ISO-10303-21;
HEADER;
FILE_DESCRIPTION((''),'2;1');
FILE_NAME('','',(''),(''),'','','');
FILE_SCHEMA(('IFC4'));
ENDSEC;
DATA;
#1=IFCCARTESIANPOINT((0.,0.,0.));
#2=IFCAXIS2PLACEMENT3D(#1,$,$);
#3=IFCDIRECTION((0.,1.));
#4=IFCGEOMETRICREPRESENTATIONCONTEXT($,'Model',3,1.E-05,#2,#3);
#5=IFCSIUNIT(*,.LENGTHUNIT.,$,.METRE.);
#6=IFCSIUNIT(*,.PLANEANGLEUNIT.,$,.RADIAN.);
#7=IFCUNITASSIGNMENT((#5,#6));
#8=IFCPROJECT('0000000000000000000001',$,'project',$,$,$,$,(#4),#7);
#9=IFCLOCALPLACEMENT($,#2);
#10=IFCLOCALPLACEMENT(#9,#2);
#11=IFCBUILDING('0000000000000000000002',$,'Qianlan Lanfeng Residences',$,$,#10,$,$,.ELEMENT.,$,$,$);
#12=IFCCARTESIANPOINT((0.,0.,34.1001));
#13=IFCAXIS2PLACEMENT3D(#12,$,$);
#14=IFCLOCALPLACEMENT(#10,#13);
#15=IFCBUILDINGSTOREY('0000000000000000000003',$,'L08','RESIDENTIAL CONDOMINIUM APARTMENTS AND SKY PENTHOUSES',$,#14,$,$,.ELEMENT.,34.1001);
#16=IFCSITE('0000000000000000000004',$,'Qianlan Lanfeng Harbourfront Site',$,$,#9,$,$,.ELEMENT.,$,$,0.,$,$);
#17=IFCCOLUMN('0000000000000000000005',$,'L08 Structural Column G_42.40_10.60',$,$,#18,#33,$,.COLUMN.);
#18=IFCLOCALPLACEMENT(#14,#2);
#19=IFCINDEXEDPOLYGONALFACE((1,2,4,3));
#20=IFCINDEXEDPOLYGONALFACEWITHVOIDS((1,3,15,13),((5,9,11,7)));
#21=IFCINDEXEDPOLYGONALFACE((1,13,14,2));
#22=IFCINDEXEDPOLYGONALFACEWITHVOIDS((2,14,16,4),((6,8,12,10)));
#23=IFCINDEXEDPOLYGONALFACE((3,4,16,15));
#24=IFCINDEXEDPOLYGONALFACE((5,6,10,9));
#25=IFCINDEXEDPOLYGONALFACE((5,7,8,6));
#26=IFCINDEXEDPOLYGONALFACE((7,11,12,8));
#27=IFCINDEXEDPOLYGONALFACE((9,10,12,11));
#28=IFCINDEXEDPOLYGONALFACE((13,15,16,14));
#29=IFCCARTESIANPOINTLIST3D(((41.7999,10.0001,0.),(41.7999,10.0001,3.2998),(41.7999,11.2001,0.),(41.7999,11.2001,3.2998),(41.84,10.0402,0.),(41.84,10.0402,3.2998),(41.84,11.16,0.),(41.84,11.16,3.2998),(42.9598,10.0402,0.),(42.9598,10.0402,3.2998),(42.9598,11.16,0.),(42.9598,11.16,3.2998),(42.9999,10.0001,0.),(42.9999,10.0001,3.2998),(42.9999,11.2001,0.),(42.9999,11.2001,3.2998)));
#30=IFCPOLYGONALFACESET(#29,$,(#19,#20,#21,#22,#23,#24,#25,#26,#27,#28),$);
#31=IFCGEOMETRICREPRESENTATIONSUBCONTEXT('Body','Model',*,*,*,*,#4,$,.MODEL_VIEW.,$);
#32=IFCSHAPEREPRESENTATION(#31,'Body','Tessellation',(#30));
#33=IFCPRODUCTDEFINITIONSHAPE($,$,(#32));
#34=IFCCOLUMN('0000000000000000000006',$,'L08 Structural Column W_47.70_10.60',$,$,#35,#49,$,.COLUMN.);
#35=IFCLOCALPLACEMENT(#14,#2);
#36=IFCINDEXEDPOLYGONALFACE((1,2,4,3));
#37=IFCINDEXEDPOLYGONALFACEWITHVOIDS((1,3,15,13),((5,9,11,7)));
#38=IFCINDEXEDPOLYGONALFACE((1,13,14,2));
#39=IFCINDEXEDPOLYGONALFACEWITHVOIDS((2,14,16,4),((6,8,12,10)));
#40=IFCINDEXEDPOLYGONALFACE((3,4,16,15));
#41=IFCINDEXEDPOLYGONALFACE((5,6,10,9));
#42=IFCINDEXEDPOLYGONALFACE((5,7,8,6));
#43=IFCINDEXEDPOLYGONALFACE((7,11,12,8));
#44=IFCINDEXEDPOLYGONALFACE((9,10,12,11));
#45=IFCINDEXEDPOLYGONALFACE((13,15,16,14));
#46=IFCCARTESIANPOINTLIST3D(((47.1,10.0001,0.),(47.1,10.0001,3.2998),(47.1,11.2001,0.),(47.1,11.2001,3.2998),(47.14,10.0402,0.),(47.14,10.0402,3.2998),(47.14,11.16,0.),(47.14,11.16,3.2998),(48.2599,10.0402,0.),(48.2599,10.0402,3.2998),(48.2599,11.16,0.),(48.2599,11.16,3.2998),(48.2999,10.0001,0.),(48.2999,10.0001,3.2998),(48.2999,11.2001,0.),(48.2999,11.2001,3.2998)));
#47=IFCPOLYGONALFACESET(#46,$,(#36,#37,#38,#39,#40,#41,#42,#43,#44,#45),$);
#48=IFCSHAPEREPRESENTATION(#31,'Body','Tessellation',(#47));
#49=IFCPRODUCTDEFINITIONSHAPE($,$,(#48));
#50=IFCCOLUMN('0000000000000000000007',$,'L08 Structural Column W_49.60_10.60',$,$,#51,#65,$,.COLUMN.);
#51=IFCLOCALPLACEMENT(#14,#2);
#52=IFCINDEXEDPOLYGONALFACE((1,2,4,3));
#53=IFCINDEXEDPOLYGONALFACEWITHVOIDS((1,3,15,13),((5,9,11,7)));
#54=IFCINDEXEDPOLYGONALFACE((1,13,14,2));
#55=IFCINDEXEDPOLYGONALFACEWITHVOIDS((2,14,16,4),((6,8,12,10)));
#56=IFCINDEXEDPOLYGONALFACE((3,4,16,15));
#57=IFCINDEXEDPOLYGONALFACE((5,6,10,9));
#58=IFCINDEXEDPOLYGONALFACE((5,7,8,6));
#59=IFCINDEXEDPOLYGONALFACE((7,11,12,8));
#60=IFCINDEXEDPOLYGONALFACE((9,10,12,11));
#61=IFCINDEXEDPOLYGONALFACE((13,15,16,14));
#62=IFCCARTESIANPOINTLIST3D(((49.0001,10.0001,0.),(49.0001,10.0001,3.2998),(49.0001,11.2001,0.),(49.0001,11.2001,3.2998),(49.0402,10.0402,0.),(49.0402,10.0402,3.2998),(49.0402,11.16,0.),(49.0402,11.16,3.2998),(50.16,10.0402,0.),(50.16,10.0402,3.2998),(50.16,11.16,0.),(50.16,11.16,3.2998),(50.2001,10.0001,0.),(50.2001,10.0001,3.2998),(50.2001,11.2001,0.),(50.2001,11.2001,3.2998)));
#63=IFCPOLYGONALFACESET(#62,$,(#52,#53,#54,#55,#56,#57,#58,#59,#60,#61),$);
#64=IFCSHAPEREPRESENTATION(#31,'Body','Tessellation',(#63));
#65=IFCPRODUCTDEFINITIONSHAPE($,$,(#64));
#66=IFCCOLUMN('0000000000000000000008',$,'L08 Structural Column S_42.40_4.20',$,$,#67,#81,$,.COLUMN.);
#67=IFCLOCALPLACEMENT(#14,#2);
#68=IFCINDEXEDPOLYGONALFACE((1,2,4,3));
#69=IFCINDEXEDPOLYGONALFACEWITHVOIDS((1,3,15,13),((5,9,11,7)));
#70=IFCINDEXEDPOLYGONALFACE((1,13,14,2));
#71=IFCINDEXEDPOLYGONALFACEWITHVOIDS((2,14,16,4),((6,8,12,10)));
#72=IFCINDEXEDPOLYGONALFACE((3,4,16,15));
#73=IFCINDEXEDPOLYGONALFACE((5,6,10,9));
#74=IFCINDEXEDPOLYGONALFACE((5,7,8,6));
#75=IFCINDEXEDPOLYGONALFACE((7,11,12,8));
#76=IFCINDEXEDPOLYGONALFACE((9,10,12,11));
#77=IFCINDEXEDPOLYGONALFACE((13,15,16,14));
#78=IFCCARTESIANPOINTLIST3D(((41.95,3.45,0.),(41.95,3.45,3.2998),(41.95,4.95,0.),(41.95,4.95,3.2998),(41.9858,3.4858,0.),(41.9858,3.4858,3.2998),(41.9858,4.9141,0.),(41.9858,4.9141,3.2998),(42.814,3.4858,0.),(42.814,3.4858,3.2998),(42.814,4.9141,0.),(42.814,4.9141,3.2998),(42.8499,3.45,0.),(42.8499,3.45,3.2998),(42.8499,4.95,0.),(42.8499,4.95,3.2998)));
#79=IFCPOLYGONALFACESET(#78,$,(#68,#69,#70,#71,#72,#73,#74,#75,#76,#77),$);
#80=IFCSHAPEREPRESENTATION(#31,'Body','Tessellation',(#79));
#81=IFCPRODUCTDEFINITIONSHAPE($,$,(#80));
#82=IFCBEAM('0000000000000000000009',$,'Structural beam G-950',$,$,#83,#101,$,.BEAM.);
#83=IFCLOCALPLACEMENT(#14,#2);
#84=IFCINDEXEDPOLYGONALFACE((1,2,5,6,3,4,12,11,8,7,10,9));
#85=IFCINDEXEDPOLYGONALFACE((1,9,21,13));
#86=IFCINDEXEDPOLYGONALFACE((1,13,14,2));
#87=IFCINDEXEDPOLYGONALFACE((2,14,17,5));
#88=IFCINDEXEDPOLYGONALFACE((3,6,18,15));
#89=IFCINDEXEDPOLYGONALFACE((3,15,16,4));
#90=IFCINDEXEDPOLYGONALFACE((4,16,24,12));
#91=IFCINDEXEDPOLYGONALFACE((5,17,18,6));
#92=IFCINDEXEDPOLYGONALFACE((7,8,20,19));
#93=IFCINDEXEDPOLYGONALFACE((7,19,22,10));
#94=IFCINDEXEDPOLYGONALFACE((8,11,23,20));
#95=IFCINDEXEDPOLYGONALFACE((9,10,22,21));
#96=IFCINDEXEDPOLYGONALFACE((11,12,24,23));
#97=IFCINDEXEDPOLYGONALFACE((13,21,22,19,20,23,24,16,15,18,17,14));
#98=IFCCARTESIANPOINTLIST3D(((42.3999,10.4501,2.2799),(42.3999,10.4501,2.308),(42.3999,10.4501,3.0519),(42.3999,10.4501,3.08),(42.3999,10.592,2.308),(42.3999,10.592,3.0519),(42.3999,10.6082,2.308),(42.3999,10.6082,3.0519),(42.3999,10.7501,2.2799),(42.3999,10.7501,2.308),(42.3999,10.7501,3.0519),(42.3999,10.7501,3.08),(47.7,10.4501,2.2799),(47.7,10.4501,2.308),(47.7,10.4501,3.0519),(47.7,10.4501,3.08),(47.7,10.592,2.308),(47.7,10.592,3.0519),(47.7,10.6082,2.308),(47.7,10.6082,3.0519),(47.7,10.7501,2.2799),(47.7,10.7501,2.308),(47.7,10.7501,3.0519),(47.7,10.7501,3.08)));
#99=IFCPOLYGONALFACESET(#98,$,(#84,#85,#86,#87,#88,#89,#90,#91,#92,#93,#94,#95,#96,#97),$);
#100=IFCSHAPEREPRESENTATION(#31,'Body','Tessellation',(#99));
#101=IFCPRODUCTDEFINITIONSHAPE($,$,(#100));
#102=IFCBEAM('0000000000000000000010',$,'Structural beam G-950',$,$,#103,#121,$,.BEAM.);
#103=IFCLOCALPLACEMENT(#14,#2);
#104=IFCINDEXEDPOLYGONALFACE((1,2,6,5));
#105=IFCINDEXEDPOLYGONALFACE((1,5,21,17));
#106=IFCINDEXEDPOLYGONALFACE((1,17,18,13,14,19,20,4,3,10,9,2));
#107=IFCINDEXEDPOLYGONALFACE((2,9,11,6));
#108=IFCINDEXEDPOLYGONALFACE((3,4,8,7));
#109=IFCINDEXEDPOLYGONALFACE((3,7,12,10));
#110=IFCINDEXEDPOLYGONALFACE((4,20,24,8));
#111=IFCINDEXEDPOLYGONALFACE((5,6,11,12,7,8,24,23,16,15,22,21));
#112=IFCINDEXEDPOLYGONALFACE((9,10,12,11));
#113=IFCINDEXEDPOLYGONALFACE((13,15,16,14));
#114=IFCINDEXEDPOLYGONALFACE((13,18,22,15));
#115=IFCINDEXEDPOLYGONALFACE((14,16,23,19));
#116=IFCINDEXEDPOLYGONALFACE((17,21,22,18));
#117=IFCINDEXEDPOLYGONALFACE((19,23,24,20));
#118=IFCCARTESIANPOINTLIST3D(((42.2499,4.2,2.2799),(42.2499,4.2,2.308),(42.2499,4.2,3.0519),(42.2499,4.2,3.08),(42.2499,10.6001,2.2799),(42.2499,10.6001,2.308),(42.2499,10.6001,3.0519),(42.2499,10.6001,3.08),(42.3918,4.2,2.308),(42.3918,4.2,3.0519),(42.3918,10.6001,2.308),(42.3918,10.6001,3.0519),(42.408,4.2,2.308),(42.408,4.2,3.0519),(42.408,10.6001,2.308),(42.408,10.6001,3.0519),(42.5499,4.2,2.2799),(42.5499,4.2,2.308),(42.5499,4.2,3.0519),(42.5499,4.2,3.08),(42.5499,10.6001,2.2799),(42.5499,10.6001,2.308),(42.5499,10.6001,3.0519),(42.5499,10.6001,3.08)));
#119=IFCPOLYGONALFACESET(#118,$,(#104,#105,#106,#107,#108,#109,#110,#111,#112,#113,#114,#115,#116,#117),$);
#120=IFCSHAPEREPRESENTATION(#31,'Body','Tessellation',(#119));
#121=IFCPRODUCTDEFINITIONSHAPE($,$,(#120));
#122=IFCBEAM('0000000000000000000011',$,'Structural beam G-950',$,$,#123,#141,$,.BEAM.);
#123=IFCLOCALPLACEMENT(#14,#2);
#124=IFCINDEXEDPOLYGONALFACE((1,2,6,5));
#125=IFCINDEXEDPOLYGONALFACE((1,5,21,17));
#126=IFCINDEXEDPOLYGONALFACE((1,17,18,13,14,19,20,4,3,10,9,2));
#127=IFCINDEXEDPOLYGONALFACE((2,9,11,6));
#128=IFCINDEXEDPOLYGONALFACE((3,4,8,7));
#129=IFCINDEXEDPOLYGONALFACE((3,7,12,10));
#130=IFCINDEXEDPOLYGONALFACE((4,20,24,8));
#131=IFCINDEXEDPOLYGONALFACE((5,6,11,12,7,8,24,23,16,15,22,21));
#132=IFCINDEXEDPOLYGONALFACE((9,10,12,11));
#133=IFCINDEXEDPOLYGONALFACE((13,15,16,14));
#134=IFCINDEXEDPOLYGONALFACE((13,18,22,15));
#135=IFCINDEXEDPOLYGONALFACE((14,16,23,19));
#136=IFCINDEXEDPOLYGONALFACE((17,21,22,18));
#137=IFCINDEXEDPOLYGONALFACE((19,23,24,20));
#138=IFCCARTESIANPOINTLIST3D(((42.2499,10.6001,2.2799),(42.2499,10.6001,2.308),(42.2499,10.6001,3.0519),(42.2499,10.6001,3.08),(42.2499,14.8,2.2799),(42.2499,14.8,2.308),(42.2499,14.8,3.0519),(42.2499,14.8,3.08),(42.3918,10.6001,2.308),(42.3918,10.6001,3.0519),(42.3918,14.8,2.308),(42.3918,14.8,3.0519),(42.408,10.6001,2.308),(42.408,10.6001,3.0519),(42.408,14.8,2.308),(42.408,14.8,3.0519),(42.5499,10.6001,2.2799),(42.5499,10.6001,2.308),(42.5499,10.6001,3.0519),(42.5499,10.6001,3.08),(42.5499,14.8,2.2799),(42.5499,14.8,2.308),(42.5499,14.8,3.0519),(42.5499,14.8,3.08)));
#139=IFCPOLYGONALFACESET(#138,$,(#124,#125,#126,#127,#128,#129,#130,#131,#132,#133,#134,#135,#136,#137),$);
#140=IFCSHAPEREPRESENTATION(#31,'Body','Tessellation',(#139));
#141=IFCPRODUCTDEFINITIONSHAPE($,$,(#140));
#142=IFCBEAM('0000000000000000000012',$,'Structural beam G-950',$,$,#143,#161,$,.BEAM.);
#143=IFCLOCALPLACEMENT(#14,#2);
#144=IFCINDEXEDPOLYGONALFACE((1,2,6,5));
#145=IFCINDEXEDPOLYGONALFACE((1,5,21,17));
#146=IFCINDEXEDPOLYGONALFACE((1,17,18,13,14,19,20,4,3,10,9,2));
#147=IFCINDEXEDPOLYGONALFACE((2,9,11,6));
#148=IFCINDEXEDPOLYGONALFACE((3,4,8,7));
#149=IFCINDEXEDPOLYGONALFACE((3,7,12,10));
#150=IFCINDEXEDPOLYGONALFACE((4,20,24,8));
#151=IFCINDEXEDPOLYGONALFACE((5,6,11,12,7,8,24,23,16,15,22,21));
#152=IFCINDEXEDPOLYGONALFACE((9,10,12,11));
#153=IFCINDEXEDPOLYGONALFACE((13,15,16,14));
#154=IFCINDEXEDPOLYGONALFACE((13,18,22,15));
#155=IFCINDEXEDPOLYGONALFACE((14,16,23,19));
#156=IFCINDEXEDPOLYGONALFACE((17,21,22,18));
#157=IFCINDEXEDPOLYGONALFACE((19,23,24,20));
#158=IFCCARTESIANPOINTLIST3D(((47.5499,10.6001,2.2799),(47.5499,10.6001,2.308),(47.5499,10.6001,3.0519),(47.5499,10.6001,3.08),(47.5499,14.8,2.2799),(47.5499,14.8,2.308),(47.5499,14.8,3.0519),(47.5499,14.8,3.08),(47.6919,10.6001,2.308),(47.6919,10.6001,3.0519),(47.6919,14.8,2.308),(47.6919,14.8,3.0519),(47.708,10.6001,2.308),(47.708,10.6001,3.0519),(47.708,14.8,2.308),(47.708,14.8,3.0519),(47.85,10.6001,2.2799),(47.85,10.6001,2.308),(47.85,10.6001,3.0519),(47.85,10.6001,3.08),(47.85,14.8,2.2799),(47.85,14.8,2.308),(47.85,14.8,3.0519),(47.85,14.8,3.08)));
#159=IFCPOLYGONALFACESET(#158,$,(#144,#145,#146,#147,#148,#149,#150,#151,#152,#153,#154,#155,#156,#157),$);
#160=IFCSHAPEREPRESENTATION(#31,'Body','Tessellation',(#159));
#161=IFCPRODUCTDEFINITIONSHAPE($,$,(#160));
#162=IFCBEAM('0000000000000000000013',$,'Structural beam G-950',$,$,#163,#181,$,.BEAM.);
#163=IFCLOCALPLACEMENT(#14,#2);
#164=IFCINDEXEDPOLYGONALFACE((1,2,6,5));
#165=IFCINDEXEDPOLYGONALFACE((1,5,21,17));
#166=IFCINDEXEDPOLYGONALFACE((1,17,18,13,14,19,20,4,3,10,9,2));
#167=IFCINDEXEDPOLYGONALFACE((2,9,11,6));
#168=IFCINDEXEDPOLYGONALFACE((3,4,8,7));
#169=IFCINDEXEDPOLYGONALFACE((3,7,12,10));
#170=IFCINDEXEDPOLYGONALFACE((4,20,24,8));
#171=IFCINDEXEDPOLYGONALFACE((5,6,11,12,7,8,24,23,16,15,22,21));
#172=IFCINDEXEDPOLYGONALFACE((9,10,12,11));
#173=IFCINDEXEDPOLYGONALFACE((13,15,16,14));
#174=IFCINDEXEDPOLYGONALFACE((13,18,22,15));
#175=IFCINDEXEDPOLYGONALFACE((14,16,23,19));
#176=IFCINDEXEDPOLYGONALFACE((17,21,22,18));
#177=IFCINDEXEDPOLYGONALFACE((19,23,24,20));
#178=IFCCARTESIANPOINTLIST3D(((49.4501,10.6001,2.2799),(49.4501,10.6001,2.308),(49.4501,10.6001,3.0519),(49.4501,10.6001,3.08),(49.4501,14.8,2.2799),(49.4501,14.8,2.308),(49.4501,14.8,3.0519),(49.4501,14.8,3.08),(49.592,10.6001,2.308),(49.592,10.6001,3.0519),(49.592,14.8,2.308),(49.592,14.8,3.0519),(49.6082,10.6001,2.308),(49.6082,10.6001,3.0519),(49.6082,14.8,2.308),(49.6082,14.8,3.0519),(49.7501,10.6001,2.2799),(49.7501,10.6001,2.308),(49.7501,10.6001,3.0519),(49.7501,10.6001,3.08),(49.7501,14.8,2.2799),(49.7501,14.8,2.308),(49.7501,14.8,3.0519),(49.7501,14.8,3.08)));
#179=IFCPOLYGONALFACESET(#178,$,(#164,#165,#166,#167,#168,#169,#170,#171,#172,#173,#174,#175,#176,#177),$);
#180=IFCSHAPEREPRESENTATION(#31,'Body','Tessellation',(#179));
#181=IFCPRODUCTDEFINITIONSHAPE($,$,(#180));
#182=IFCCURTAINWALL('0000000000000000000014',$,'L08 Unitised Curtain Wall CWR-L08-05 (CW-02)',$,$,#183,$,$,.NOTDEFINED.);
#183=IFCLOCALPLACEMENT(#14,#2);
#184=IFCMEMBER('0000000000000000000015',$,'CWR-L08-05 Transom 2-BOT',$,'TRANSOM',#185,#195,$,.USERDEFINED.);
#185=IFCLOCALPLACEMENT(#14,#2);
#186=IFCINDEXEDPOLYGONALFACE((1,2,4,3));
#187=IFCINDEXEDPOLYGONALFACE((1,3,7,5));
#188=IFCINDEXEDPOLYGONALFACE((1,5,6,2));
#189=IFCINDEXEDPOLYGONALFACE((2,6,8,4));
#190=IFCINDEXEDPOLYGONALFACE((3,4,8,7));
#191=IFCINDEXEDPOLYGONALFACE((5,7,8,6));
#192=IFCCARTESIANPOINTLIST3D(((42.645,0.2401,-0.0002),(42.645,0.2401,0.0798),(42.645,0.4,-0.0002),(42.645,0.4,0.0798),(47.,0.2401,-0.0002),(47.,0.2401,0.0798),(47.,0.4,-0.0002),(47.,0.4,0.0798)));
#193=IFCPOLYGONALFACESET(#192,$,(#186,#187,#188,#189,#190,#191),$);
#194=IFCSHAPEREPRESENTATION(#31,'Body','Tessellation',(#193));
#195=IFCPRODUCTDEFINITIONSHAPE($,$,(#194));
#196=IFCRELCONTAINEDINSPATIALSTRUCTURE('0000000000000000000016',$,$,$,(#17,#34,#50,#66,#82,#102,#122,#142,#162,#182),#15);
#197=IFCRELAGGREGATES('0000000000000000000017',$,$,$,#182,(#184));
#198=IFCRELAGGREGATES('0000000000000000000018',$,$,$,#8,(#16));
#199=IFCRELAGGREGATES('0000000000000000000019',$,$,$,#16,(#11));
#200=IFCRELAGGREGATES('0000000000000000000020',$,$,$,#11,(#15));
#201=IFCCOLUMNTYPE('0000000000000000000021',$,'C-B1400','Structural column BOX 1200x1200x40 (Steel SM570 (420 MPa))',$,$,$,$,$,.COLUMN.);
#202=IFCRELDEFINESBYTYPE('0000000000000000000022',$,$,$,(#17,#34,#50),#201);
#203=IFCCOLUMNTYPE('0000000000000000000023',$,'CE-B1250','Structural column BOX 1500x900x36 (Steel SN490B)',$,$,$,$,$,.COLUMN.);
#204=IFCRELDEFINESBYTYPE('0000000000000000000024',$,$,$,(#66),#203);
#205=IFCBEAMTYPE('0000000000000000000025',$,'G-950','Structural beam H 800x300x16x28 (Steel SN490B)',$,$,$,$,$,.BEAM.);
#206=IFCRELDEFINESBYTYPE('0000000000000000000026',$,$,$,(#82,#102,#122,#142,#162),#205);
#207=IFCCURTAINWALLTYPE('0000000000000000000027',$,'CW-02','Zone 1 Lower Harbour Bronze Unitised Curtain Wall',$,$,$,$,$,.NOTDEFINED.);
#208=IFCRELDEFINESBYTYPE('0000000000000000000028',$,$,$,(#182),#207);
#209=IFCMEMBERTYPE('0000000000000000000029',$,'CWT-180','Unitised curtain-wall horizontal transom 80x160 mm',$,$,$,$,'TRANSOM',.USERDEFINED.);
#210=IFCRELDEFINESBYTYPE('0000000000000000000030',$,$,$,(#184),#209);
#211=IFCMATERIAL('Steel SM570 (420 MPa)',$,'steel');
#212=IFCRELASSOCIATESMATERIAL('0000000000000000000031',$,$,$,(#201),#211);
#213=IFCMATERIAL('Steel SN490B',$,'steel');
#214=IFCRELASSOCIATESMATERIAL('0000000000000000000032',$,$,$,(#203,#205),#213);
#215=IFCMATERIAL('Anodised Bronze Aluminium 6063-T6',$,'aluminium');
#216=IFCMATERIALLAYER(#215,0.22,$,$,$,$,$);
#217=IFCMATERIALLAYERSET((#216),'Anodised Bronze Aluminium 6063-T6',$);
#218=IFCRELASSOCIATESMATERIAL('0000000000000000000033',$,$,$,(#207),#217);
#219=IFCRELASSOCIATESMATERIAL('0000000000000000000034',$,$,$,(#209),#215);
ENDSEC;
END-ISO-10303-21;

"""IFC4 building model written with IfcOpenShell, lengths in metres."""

from ifc_helpers import new_model, si_unit, direction, frame, origin, origin_2d, place, context, subcontext, project, spatial, rectangle, hollow_rectangle, i_section, extrude, source, transform, mapped, material, layer, layer_set, material_profile, profile_set, type_object, element, aggregate, save


model = new_model("IFC4")

# Units and contexts
model_context = context("Model", 3, precision=1e-05, world=origin(), true_north=direction((0.0, 1.0)))
body_context = subcontext(model_context, "Body", "Model", "MODEL_VIEW")
ifc_project = project(units=[si_unit("LENGTHUNIT", "METRE"), si_unit("PLANEANGLEUNIT", "RADIAN")], contexts=[model_context])

# Site, building, storey
site_placement = place(None, origin())
site = spatial("IfcSite", under=ifc_project, at=site_placement, Name="Qianlan Lanfeng Harbourfront Site", CompositionType="ELEMENT", RefElevation=0.0)
building_placement = place(site_placement, origin())
building = spatial("IfcBuilding", under=site, at=building_placement, Name="Qianlan Lanfeng Residences", CompositionType="ELEMENT")
storey_placement = place(building_placement, frame((0.0, 0.0, 34.1001)))
storey = spatial("IfcBuildingStorey", under=building, at=storey_placement, Name="L08", Description="RESIDENTIAL CONDOMINIUM APARTMENTS AND SKY PENTHOUSES", CompositionType="ELEMENT", Elevation=34.1001)

# Columns
ifc_material_1 = material(Name="Steel SM570 (420 MPa)", Category="steel")
ifc_material_profile_1 = material_profile(ifc_material_1, hollow_rectangle(XDim=1.2, YDim=1.2, WallThickness=0.04, at=origin_2d()), Name="BOX 1200x1200x40")
ifc_profile_set_1 = profile_set([ifc_material_profile_1], Name="Steel SM570 (420 MPa)")
column_type_1 = type_object("IfcColumnType", Name="C-B1400", Description="Structural column BOX 1200x1200x40 (Steel SM570 (420 MPa))", PredefinedType="COLUMN", material=ifc_profile_set_1)
for number, where, z_axis, x_axis, name in (
    (1, (42.3999, 10.6001, 0.0), (0.0, 0.0, 1.0), (1.0, 0.0, 0.0), "L08 Structural Column G_42.40_10.60"),
    (2, (47.7, 10.6001, 0.0), (0.0, 0.0, 1.0), (1.0, 0.0, 0.0), "L08 Structural Column W_47.70_10.60"),
    (3, (49.6001, 10.6001, 0.0), (0.0, 0.0, 1.0), (1.0, 0.0, 0.0), "L08 Structural Column W_49.60_10.60"),
):
    element("IfcColumn", number, at=place(storey_placement, frame(where, z_axis=z_axis, x_axis=x_axis)), inside=storey, type_object=column_type_1, Name=name, PredefinedType="COLUMN", context=body_context, shape_type="SweptSolid", body=[
        extrude(hollow_rectangle(XDim=1.2, YDim=1.2, WallThickness=0.04, at=origin_2d()), origin(), (0.0, 0.0, 1.0), 3.2998),
    ])
ifc_material_2 = material(Name="Steel SN490B", Category="steel")
ifc_material_profile_2 = material_profile(ifc_material_2, hollow_rectangle(XDim=0.8999, YDim=1.5, WallThickness=0.0359, at=origin_2d()), Name="BOX 1500x900x36")
ifc_profile_set_2 = profile_set([ifc_material_profile_2], Name="Steel SN490B")
column_type_2 = type_object("IfcColumnType", Name="CE-B1250", Description="Structural column BOX 1500x900x36 (Steel SN490B)", PredefinedType="COLUMN", material=ifc_profile_set_2)
column_placement = place(storey_placement, frame((42.3999, 4.2, 0.0), z_axis=(0.0, 0.0, 1.0), x_axis=(1.0, 0.0, 0.0)))
element("IfcColumn", 4, at=column_placement, inside=storey, type_object=column_type_2, Name="L08 Structural Column S_42.40_4.20", PredefinedType="COLUMN", context=body_context, shape_type="SweptSolid", body=[
    extrude(hollow_rectangle(XDim=0.8999, YDim=1.5, WallThickness=0.0359, at=origin_2d()), origin(), (0.0, 0.0, 1.0), 3.2998),
])

# Beams
ifc_material_profile_3 = material_profile(ifc_material_2, i_section(OverallWidth=0.3, OverallDepth=0.8, WebThickness=0.0161, FlangeThickness=0.0281, at=origin_2d()), Name="H 800x300x16x28")
ifc_profile_set_3 = profile_set([ifc_material_profile_3], Name="Steel SN490B")
beam_type = type_object("IfcBeamType", Name="G-950", Description="Structural beam H 800x300x16x28 (Steel SN490B)", PredefinedType="BEAM", material=ifc_profile_set_3)
beam_1_placement = place(storey_placement, frame((42.3999, 10.6001, 2.6799), z_axis=(1.0, 0.0, 0.0), x_axis=(0.0, 1.0, 0.0)))
element("IfcBeam", 5, at=beam_1_placement, inside=storey, type_object=beam_type, Name="Structural beam G-950", PredefinedType="BEAM", context=body_context, shape_type="SweptSolid", body=[
    extrude(i_section(OverallWidth=0.3, OverallDepth=0.8, WebThickness=0.0161, FlangeThickness=0.0281, at=origin_2d()), origin(), (0.0, 0.0, 1.0), 5.3),
])
beam_2_placement = place(storey_placement, frame((42.3999, 4.2, 2.6799), z_axis=(0.0, 1.0, 0.0), x_axis=(-1.0, 0.0, 0.0)))
element("IfcBeam", 6, at=beam_2_placement, inside=storey, type_object=beam_type, Name="Structural beam G-950", PredefinedType="BEAM", context=body_context, shape_type="SweptSolid", body=[
    extrude(i_section(OverallWidth=0.3, OverallDepth=0.8, WebThickness=0.0161, FlangeThickness=0.0281, at=origin_2d()), origin(), (0.0, 0.0, 1.0), 6.4001),
])
for number, where, z_axis, x_axis, name in (
    (7, (42.3999, 10.6001, 2.6799), (0.0, 1.0, 0.0), (-1.0, 0.0, 0.0), "Structural beam G-950"),
    (8, (47.7, 10.6001, 2.6799), (0.0, 1.0, 0.0), (-1.0, 0.0, 0.0), "Structural beam G-950"),
    (9, (49.6001, 10.6001, 2.6799), (0.0, 1.0, 0.0), (-1.0, 0.0, 0.0), "Structural beam G-950"),
):
    element("IfcBeam", number, at=place(storey_placement, frame(where, z_axis=z_axis, x_axis=x_axis)), inside=storey, type_object=beam_type, Name=name, PredefinedType="BEAM", context=body_context, shape_type="SweptSolid", body=[
        extrude(i_section(OverallWidth=0.3, OverallDepth=0.8, WebThickness=0.0161, FlangeThickness=0.0281, at=origin_2d()), origin(), (0.0, 0.0, 1.0), 4.2),
    ])

# Curtain wall, member
ifc_material_3 = material(Name="Anodised Bronze Aluminium 6063-T6", Category="aluminium")
ifc_layer_1 = layer(ifc_material_3, 0.22)
ifc_layer_set_1 = layer_set([ifc_layer_1], Name="Anodised Bronze Aluminium 6063-T6")
curtain_wall_type = type_object("IfcCurtainWallType", Name="CW-02", Description="Zone 1 Lower Harbour Bronze Unitised Curtain Wall", PredefinedType="NOTDEFINED", material=ifc_layer_set_1)
curtain_wall_placement = place(storey_placement, origin())
curtain_wall = element("IfcCurtainWall", 10, at=curtain_wall_placement, inside=storey, type_object=curtain_wall_type, Name="L08 Unitised Curtain Wall CWR-L08-05 (CW-02)", PredefinedType="NOTDEFINED")
ifc_material_profile_4 = material_profile(ifc_material_3, rectangle(XDim=0.0801, YDim=0.1599, at=origin_2d()), Name="ALU TRANSOM 80x160")
ifc_profile_set_4 = profile_set([ifc_material_profile_4], Name="Anodised Bronze Aluminium 6063-T6")
member_type_1 = type_object("IfcMemberType", Name="CWT-180", Description="Unitised curtain-wall horizontal transom 80x160 mm", ElementType="TRANSOM", PredefinedType="USERDEFINED", material=ifc_profile_set_4)
shared_shape_1 = source(origin(), body_context, "Body", "SweptSolid", [
    extrude(rectangle(XDim=0.0801, YDim=0.1599, at=origin_2d()), origin(), (0.0, 0.0, 1.0), 4.355),
])
member_1_placement = place(storey_placement, frame((42.645, 0.3201, 0.0398), z_axis=(1.0, 0.0, 0.0), x_axis=(0.0, 0.0, 1.0)))
member_1 = element("IfcMember", 11, at=member_1_placement, type_object=member_type_1, Name="CWR-L08-05 Transom 2-BOT", ObjectType="TRANSOM", PredefinedType="USERDEFINED", context=body_context, shape_type="MappedRepresentation", body=[
    mapped(shared_shape_1, transform((0.0, 0.0, 0.0), scale=1.0)),
])
aggregate(curtain_wall, [member_1])

save(model, "model.ifc")
